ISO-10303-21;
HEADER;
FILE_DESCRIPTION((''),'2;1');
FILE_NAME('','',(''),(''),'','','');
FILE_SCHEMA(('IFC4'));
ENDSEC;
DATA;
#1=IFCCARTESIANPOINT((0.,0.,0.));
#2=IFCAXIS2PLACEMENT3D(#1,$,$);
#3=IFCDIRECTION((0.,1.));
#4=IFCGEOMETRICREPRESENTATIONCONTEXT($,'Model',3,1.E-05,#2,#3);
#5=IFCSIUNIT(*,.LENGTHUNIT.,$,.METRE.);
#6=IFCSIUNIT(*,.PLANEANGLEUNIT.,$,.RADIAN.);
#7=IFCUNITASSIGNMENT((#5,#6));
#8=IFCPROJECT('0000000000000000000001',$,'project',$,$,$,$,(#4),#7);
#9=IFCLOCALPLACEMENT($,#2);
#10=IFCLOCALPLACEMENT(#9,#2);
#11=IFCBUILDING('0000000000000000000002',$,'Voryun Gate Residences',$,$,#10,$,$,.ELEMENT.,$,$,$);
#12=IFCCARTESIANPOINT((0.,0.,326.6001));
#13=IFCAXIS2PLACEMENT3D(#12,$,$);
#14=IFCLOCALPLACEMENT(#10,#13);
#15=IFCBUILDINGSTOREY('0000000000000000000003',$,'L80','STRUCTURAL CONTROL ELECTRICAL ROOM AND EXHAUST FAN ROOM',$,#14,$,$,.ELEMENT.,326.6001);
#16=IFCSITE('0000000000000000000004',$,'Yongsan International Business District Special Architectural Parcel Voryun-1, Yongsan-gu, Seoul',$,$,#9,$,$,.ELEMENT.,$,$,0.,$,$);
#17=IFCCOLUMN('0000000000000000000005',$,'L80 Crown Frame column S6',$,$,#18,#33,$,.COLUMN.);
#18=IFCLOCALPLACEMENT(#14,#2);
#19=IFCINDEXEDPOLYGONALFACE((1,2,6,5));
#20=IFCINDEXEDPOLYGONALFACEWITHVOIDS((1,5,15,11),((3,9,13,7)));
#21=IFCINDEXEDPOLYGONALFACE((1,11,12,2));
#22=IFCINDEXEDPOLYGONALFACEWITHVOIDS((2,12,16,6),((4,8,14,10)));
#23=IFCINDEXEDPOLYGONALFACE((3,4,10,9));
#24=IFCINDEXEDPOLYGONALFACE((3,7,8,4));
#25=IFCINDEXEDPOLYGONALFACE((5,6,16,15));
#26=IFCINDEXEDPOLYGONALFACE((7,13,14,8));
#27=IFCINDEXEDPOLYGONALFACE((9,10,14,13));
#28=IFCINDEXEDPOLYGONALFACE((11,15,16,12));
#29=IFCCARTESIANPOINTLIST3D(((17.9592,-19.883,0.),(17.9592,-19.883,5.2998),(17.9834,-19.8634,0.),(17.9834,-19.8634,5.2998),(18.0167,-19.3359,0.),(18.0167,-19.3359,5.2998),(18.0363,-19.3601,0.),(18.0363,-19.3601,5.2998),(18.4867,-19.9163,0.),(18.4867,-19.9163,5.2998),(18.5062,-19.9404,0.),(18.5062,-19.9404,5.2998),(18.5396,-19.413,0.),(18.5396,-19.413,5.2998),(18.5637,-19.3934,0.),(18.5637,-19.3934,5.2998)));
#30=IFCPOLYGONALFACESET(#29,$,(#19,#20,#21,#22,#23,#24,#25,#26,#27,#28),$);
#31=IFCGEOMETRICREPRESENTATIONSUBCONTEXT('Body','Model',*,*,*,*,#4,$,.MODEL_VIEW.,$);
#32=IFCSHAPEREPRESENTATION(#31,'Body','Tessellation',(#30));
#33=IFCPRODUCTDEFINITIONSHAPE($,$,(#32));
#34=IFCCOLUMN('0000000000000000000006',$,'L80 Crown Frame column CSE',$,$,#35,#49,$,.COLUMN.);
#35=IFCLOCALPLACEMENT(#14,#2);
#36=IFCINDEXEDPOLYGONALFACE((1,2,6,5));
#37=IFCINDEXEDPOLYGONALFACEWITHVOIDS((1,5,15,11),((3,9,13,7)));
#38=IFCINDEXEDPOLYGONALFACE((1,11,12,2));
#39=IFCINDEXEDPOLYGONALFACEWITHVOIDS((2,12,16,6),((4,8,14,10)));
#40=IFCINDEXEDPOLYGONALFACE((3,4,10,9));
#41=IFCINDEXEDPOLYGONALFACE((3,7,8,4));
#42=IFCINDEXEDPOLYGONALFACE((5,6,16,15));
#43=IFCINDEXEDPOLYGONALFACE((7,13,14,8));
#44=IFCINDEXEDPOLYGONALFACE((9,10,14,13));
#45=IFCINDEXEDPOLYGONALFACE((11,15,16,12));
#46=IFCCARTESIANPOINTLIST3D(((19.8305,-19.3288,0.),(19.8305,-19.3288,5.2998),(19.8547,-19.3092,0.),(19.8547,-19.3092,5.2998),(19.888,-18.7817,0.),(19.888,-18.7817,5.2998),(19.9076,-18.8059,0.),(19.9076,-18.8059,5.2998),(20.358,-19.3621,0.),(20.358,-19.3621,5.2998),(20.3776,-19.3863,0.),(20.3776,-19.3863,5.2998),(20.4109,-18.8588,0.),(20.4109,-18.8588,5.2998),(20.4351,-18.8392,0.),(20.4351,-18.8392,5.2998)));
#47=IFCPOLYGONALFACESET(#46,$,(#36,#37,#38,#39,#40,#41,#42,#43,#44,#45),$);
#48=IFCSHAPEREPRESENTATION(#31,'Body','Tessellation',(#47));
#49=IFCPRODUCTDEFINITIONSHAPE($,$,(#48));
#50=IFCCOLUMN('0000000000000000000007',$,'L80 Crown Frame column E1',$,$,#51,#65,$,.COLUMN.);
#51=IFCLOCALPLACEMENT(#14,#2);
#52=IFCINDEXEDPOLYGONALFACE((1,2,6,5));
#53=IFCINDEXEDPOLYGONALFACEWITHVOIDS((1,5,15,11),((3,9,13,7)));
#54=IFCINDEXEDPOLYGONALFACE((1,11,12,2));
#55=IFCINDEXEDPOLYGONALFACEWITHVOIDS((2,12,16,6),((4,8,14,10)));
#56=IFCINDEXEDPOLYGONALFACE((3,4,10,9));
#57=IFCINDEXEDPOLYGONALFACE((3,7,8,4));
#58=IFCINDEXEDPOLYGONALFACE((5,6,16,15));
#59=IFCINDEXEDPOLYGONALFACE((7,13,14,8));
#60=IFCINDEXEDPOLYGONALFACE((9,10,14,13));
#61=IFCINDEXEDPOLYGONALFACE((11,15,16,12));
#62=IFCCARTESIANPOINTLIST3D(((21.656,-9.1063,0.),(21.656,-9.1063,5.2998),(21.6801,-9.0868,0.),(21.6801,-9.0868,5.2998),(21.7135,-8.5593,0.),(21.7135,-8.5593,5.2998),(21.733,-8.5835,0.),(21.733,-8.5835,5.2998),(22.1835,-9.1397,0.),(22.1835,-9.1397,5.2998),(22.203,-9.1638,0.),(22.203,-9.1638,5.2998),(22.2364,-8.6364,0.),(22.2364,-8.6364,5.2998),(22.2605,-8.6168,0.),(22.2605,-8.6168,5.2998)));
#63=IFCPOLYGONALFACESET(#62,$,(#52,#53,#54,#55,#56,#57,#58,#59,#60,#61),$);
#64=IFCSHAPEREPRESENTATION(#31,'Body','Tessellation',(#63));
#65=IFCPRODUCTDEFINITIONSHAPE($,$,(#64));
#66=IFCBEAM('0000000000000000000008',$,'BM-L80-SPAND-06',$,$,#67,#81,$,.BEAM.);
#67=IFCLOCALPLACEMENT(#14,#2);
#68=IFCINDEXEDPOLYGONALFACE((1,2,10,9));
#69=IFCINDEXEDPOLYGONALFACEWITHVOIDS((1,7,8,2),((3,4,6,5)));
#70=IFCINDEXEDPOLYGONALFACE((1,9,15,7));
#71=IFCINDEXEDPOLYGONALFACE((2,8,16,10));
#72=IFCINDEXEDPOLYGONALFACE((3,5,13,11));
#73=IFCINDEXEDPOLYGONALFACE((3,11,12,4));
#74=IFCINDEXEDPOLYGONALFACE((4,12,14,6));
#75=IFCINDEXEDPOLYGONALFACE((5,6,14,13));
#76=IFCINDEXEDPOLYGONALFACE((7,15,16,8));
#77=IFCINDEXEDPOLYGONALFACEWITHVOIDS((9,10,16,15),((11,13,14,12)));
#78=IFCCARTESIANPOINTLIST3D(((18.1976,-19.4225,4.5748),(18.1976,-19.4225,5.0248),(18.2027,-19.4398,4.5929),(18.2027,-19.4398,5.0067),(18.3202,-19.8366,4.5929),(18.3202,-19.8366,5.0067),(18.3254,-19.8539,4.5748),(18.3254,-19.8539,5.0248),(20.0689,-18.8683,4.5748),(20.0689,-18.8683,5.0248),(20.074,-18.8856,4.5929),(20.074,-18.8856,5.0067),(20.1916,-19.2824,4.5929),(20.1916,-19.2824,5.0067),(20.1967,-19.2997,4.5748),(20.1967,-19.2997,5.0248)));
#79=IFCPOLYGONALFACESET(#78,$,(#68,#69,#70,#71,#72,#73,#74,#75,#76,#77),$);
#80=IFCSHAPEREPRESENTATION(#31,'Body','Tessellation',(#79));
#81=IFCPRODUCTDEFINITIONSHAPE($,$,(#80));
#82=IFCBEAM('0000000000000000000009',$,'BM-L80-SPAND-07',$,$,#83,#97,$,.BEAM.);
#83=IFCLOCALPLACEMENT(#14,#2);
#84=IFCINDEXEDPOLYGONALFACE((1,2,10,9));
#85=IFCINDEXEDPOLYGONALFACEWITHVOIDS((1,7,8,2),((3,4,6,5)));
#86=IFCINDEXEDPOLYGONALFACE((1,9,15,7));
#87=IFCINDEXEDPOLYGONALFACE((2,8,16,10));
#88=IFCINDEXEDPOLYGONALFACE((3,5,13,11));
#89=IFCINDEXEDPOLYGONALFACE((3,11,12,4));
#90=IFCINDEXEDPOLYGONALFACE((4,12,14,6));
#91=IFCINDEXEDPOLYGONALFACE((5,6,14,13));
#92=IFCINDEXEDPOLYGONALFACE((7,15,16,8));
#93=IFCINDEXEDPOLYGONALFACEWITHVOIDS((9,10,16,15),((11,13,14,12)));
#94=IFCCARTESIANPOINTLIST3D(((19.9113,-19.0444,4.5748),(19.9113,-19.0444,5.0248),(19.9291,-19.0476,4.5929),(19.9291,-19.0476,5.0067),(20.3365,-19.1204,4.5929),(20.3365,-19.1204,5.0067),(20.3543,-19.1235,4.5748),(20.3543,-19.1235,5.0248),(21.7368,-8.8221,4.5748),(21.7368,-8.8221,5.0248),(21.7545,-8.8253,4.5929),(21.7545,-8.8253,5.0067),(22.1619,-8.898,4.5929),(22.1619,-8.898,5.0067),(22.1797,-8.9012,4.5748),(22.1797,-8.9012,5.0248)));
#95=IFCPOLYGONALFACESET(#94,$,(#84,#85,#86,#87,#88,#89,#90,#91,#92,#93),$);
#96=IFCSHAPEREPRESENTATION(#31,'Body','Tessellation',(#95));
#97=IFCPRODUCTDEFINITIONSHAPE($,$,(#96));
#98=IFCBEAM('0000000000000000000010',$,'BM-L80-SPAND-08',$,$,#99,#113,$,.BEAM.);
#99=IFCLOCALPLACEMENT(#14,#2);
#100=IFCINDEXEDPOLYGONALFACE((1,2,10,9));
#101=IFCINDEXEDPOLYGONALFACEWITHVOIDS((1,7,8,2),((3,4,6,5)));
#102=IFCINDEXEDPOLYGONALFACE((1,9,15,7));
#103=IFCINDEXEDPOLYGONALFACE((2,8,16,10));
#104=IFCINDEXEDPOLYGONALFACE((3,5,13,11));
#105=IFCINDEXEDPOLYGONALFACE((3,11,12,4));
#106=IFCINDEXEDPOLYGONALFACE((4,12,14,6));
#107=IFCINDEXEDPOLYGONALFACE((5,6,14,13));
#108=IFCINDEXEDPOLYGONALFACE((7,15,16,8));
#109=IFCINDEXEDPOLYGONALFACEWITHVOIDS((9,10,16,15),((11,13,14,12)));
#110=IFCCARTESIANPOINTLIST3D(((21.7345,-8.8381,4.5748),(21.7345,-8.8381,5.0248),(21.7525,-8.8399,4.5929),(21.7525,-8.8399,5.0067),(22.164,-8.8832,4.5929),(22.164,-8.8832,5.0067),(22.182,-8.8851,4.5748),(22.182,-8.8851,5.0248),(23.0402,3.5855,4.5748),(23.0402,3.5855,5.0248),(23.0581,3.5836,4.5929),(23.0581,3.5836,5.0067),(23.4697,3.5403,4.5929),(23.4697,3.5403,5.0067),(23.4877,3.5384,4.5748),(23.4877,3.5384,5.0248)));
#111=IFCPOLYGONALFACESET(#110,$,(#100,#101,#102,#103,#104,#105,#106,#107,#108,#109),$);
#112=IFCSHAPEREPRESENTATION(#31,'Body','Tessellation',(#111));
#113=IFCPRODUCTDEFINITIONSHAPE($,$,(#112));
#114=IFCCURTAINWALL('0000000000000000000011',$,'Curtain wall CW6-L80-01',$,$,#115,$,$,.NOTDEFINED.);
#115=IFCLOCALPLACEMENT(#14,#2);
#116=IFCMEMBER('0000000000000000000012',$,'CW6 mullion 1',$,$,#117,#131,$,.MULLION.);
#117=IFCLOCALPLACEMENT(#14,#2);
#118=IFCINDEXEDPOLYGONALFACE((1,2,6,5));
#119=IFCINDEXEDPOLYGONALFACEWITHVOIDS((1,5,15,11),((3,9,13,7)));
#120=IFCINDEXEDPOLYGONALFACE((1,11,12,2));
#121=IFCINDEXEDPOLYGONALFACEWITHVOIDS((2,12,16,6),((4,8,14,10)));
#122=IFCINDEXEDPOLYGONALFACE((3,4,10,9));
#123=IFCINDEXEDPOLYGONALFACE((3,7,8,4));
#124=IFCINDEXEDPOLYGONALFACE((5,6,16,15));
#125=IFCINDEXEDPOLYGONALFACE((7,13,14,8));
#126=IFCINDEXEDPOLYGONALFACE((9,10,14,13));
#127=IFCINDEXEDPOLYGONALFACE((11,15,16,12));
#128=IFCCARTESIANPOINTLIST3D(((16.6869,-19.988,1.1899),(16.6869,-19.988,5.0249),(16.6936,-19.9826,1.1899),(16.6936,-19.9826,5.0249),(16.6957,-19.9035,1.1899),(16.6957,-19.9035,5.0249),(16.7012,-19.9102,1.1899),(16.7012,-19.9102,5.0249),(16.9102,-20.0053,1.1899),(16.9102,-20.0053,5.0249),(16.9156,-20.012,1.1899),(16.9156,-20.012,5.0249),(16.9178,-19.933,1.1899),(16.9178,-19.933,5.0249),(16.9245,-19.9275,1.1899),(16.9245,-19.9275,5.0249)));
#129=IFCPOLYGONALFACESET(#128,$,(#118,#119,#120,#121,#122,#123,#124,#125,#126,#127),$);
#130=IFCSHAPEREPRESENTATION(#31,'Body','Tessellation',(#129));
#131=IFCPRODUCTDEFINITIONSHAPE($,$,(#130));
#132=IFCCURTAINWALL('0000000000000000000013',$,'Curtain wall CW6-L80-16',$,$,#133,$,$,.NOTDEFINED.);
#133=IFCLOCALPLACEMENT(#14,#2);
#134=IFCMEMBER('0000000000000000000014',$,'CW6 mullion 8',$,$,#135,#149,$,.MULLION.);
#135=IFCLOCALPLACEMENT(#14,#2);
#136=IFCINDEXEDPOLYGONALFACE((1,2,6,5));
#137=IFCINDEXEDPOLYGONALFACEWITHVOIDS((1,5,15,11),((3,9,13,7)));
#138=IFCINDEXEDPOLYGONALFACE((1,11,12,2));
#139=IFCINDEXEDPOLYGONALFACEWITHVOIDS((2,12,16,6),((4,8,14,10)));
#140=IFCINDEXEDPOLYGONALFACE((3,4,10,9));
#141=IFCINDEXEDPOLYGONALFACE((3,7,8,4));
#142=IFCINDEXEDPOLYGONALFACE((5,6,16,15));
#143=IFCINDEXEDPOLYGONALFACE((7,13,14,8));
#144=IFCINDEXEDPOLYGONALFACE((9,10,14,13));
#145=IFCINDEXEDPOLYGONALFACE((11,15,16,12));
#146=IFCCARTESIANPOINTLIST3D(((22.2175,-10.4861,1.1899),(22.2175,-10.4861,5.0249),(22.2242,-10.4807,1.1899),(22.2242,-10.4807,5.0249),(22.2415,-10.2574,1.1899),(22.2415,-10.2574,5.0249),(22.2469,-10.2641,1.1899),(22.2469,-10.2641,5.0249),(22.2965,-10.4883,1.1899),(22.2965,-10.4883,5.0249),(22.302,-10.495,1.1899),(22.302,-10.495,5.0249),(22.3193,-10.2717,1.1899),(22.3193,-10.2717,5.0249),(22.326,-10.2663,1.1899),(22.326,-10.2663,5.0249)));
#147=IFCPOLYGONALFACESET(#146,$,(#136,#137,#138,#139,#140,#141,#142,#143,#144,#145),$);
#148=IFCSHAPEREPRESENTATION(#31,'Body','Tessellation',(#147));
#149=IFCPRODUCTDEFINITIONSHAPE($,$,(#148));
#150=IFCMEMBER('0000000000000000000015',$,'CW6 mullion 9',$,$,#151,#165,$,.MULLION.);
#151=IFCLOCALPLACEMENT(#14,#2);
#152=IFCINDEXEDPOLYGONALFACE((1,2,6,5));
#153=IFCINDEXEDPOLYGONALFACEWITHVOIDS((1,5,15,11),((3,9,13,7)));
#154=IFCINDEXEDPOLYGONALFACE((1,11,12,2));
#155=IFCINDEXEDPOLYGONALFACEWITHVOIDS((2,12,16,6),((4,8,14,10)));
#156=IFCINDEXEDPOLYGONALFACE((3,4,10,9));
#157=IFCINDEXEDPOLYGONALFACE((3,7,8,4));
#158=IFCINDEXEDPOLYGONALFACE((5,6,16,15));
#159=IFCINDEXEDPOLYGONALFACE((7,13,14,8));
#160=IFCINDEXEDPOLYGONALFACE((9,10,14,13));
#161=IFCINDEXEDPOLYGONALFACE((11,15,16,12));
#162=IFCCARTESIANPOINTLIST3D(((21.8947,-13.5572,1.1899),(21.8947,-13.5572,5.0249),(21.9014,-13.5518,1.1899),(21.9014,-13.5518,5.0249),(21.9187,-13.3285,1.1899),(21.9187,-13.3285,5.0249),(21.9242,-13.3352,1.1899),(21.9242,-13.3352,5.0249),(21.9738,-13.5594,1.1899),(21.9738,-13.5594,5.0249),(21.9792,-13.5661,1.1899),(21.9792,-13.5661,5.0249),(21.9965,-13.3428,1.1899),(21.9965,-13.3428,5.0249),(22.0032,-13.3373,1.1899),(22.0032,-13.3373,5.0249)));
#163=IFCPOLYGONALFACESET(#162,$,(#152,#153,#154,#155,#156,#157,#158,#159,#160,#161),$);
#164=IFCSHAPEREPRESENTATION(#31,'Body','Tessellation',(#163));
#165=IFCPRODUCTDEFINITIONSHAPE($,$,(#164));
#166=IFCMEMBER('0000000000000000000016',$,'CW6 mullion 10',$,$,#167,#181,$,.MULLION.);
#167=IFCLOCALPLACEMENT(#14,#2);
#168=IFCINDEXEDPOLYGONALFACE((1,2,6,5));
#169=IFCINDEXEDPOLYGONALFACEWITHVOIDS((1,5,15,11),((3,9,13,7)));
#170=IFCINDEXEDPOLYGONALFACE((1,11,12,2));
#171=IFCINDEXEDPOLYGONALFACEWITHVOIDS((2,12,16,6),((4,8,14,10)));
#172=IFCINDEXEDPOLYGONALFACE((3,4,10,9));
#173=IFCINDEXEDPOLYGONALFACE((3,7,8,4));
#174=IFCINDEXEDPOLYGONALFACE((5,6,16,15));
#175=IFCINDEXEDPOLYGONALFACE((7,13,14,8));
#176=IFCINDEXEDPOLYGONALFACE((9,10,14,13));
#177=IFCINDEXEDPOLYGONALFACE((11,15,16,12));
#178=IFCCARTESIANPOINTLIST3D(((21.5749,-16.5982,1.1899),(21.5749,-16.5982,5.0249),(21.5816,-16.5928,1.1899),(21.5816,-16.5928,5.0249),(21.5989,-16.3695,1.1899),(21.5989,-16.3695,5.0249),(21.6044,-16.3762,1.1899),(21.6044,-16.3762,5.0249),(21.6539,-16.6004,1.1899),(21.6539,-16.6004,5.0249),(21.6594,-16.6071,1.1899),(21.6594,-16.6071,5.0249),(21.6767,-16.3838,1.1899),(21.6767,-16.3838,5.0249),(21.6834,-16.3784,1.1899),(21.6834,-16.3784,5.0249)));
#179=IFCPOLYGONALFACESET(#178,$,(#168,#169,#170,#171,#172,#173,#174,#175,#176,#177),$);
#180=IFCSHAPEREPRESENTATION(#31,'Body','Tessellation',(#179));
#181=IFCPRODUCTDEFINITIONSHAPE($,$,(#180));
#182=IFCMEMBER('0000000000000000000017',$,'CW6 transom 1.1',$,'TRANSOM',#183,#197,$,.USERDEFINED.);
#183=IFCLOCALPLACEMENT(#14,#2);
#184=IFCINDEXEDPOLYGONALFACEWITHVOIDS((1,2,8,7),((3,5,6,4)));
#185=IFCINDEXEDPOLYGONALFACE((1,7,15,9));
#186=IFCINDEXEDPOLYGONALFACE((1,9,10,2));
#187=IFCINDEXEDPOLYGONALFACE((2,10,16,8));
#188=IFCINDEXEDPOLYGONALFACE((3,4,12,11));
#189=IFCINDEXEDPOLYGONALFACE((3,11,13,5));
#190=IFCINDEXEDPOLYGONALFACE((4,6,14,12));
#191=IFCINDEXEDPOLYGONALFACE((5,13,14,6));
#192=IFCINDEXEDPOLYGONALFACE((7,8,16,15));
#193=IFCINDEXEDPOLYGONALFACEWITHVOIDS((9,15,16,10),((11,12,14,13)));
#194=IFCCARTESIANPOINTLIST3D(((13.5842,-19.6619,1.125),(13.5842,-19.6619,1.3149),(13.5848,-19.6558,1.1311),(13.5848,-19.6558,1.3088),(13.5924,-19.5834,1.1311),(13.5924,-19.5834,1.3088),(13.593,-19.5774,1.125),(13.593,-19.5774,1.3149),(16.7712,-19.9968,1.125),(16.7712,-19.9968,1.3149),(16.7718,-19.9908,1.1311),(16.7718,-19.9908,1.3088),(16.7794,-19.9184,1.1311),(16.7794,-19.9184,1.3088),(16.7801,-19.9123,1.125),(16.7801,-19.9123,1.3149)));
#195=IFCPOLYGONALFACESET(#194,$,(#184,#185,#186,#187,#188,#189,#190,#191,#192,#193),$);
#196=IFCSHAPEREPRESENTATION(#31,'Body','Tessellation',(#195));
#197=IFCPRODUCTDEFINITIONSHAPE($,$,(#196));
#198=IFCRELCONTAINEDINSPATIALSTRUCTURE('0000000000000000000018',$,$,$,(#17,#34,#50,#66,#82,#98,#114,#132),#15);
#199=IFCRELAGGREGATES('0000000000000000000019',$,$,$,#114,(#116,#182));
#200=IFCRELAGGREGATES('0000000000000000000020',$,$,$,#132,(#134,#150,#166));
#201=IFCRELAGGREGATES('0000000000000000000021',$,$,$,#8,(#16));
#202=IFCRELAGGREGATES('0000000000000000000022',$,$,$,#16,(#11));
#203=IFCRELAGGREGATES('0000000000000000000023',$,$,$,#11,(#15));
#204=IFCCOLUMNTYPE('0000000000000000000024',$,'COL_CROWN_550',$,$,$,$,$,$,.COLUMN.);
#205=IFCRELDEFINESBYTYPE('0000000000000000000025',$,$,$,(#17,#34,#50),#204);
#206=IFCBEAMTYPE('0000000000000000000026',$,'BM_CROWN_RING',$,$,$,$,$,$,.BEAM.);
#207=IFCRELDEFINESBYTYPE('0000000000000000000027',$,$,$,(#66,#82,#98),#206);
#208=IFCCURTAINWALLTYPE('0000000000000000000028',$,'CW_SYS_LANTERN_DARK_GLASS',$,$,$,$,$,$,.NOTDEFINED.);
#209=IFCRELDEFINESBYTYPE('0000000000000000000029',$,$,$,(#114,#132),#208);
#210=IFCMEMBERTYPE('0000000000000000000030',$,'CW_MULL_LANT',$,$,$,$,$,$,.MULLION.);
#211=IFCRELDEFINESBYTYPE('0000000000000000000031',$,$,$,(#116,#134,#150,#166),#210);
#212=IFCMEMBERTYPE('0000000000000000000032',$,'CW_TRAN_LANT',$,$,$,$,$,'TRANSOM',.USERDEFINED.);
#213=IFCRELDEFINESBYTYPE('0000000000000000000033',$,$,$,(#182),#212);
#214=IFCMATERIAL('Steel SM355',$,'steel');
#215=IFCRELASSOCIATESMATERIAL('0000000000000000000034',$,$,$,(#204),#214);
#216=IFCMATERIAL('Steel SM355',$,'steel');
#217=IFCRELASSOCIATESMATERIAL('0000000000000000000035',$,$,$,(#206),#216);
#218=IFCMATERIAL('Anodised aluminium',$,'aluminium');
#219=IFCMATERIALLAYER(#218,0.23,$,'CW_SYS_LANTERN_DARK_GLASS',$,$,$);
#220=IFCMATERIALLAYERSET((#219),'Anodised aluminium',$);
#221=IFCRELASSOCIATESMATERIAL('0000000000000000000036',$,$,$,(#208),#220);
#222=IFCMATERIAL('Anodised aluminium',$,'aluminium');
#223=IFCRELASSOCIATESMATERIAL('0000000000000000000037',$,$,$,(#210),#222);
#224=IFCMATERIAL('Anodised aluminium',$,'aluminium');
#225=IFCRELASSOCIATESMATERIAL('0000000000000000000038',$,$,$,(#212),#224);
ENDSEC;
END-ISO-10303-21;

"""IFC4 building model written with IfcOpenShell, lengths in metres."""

from ifc_helpers import new_model, si_unit, direction, frame, origin, origin_2d, place, context, subcontext, project, spatial, hollow_rectangle, extrude, material, layer, layer_set, material_profile, profile_set, type_object, element, aggregate, save


model = new_model("IFC4")

# Units and contexts
model_context = context("Model", 3, precision=1e-05, world=origin(), true_north=direction((0.0, 1.0)))
body_context = subcontext(model_context, "Body", "Model", "MODEL_VIEW")
ifc_project = project(units=[si_unit("LENGTHUNIT", "METRE"), si_unit("PLANEANGLEUNIT", "RADIAN")], contexts=[model_context])

# Site, building, storey
site_placement = place(None, origin())
site = spatial("IfcSite", under=ifc_project, at=site_placement, Name="Yongsan International Business District Special Architectural Parcel Voryun-1, Yongsan-gu, Seoul", CompositionType="ELEMENT", RefElevation=0.0)
building_placement = place(site_placement, origin())
building = spatial("IfcBuilding", under=site, at=building_placement, Name="Voryun Gate Residences", CompositionType="ELEMENT")
storey_placement = place(building_placement, frame((0.0, 0.0, 326.6001)))
storey = spatial("IfcBuildingStorey", under=building, at=storey_placement, Name="L80", Description="STRUCTURAL CONTROL ELECTRICAL ROOM AND EXHAUST FAN ROOM", CompositionType="ELEMENT", Elevation=326.6001)

# Columns
ifc_material_1 = material(Name="Steel SM355", Category="steel")
ifc_material_profile_1 = material_profile(ifc_material_1, hollow_rectangle(XDim=0.55, YDim=0.55, WallThickness=0.022, at=origin_2d()), Name="BOX-550x550x22")
ifc_profile_set_1 = profile_set([ifc_material_profile_1], Name="Steel SM355")
column_type = type_object("IfcColumnType", Name="COL_CROWN_550", PredefinedType="COLUMN", material=ifc_profile_set_1)
for number, where, z_axis, x_axis, name in (
    (1, (18.2615, -19.6382, 0.0), (0.0, 0.0, 1.0), (0.994522, -0.104528, 0.0), "L80 Crown Frame column S6"),
    (2, (20.1328, -19.084, 0.0), (0.0, 0.0, 1.0), (0.994522, -0.104528, 0.0), "L80 Crown Frame column CSE"),
    (3, (21.9583, -8.8616, 0.0), (0.0, 0.0, 1.0), (0.994522, -0.104528, 0.0), "L80 Crown Frame column E1"),
):
    element("IfcColumn", number, at=place(storey_placement, frame(where, z_axis=z_axis, x_axis=x_axis)), inside=storey, type_object=column_type, Name=name, PredefinedType="COLUMN", context=body_context, shape_type="SweptSolid", body=[
        extrude(hollow_rectangle(XDim=0.55, YDim=0.55, WallThickness=0.022, at=origin_2d()), origin(), (0.0, 0.0, 1.0), 5.2998),
    ])

# Beams
ifc_material_2 = material(Name="Steel SM355", Category="steel")
ifc_material_profile_2 = material_profile(ifc_material_2, hollow_rectangle(XDim=0.45, YDim=0.45, WallThickness=0.0181, at=origin_2d()), Name="BOX-450x450x18")
ifc_profile_set_2 = profile_set([ifc_material_profile_2], Name="Steel SM355")
beam_type = type_object("IfcBeamType", Name="BM_CROWN_RING", PredefinedType="BEAM", material=ifc_profile_set_2)
beam_1_placement = place(storey_placement, frame((18.2615, -19.6382, 4.7998), z_axis=(0.958836, 0.283961, 0.0), x_axis=(-0.283961, 0.958836, 0.0)))
element("IfcBeam", 4, at=beam_1_placement, inside=storey, type_object=beam_type, Name="BM-L80-SPAND-06", PredefinedType="BEAM", context=body_context, shape_type="SweptSolid", body=[
    extrude(hollow_rectangle(XDim=0.45, YDim=0.45, WallThickness=0.0181, at=origin_2d()), origin(), (0.0, 0.0, 1.0), 1.9517),
])
beam_2_placement = place(storey_placement, frame((20.1328, -19.084, 4.7998), z_axis=(0.175791, 0.984427, 0.0), x_axis=(-0.984427, 0.175791, 0.0)))
element("IfcBeam", 5, at=beam_2_placement, inside=storey, type_object=beam_type, Name="BM-L80-SPAND-07", PredefinedType="BEAM", context=body_context, shape_type="SweptSolid", body=[
    extrude(hollow_rectangle(XDim=0.45, YDim=0.45, WallThickness=0.0181, at=origin_2d()), origin(), (0.0, 0.0, 1.0), 10.384),
])
beam_3_placement = place(storey_placement, frame((21.9583, -8.8616, 4.7998), z_axis=(0.10452, 0.994523, 0.0), x_axis=(-0.994523, 0.10452, 0.0)))
element("IfcBeam", 6, at=beam_3_placement, inside=storey, type_object=beam_type, Name="BM-L80-SPAND-08", PredefinedType="BEAM", context=body_context, shape_type="SweptSolid", body=[
    extrude(hollow_rectangle(XDim=0.45, YDim=0.45, WallThickness=0.0181, at=origin_2d()), origin(), (0.0, 0.0, 1.0), 12.4919),
])

# Curtain wall, member
ifc_material_3 = material(Name="Anodised aluminium", Category="aluminium")
ifc_layer_1 = layer(ifc_material_3, 0.23, Name="CW_SYS_LANTERN_DARK_GLASS")
ifc_layer_set_1 = layer_set([ifc_layer_1], Name="Anodised aluminium")
curtain_wall_type = type_object("IfcCurtainWallType", Name="CW_SYS_LANTERN_DARK_GLASS", PredefinedType="NOTDEFINED", material=ifc_layer_set_1)
curtain_wall_1_placement = place(storey_placement, origin())
curtain_wall_1 = element("IfcCurtainWall", 7, at=curtain_wall_1_placement, inside=storey, type_object=curtain_wall_type, Name="Curtain wall CW6-L80-01", PredefinedType="NOTDEFINED")
ifc_material_4 = material(Name="Anodised aluminium", Category="aluminium")
ifc_material_profile_3 = material_profile(ifc_material_4, hollow_rectangle(XDim=0.085, YDim=0.23, WallThickness=0.0061, at=origin_2d()), Name="ALU-MULL-230x85x6")
ifc_profile_set_3 = profile_set([ifc_material_profile_3], Name="Anodised aluminium")
member_type_1 = type_object("IfcMemberType", Name="CW_MULL_LANT", PredefinedType="MULLION", material=ifc_profile_set_3)
member_1_placement = place(storey_placement, frame((16.8057, -19.9578, 1.1899), z_axis=(0.0, 0.0, 1.0), x_axis=(-0.104528, -0.994522, 0.0)))
member_1 = element("IfcMember", 8, at=member_1_placement, type_object=member_type_1, Name="CW6 mullion 1", PredefinedType="MULLION", context=body_context, shape_type="SweptSolid", body=[
    extrude(hollow_rectangle(XDim=0.085, YDim=0.23, WallThickness=0.0061, at=origin_2d()), origin(), (0.0, 0.0, 1.0), 3.835),
])

# Curtain wall, members
curtain_wall_2_placement = place(storey_placement, origin())
curtain_wall_2 = element("IfcCurtainWall", 9, at=curtain_wall_2_placement, inside=storey, type_object=curtain_wall_type, Name="Curtain wall CW6-L80-16", PredefinedType="NOTDEFINED")
member_2_placement = place(storey_placement, frame((22.2717, -10.3762, 1.1899), z_axis=(0.0, 0.0, 1.0), x_axis=(0.994522, -0.104528, 0.0)))
member_2 = element("IfcMember", 10, at=member_2_placement, type_object=member_type_1, Name="CW6 mullion 8", PredefinedType="MULLION", context=body_context, shape_type="SweptSolid", body=[
    extrude(hollow_rectangle(XDim=0.085, YDim=0.23, WallThickness=0.0061, at=origin_2d()), origin(), (0.0, 0.0, 1.0), 3.835),
])
member_3_placement = place(storey_placement, frame((21.949, -13.4473, 1.1899), z_axis=(0.0, 0.0, 1.0), x_axis=(0.994522, -0.104528, 0.0)))
member_3 = element("IfcMember", 11, at=member_3_placement, type_object=member_type_1, Name="CW6 mullion 9", PredefinedType="MULLION", context=body_context, shape_type="SweptSolid", body=[
    extrude(hollow_rectangle(XDim=0.085, YDim=0.23, WallThickness=0.0061, at=origin_2d()), origin(), (0.0, 0.0, 1.0), 3.835),
])
member_4_placement = place(storey_placement, frame((21.6292, -16.4883, 1.1899), z_axis=(0.0, 0.0, 1.0), x_axis=(0.994522, -0.104528, 0.0)))
member_4 = element("IfcMember", 12, at=member_4_placement, type_object=member_type_1, Name="CW6 mullion 10", PredefinedType="MULLION", context=body_context, shape_type="SweptSolid", body=[
    extrude(hollow_rectangle(XDim=0.085, YDim=0.23, WallThickness=0.0061, at=origin_2d()), origin(), (0.0, 0.0, 1.0), 3.835),
])

# Member
ifc_material_5 = material(Name="Anodised aluminium", Category="aluminium")
ifc_material_profile_4 = material_profile(ifc_material_5, hollow_rectangle(XDim=0.085, YDim=0.1899, WallThickness=0.0061, at=origin_2d()), Name="ALU-TRAN-190x85x6")
ifc_profile_set_4 = profile_set([ifc_material_profile_4], Name="Anodised aluminium")
member_type_2 = type_object("IfcMemberType", Name="CW_TRAN_LANT", ElementType="TRANSOM", PredefinedType="USERDEFINED", material=ifc_profile_set_4)
member_5_placement = place(storey_placement, frame((16.7756, -19.9546, 1.22), z_axis=(-0.994522, 0.104526, 0.0), x_axis=(-0.104526, -0.994522, 0.0)))
member_5 = element("IfcMember", 13, at=member_5_placement, type_object=member_type_2, Name="CW6 transom 1.1", ObjectType="TRANSOM", PredefinedType="USERDEFINED", context=body_context, shape_type="SweptSolid", body=[
    extrude(hollow_rectangle(XDim=0.085, YDim=0.1899, WallThickness=0.0061, at=origin_2d()), origin(), (0.0, 0.0, 1.0), 3.2046),
])
aggregate(curtain_wall_1, [member_1, member_5])

aggregate(curtain_wall_2, [member_2, member_3, member_4])

save(model, "model.ifc")
